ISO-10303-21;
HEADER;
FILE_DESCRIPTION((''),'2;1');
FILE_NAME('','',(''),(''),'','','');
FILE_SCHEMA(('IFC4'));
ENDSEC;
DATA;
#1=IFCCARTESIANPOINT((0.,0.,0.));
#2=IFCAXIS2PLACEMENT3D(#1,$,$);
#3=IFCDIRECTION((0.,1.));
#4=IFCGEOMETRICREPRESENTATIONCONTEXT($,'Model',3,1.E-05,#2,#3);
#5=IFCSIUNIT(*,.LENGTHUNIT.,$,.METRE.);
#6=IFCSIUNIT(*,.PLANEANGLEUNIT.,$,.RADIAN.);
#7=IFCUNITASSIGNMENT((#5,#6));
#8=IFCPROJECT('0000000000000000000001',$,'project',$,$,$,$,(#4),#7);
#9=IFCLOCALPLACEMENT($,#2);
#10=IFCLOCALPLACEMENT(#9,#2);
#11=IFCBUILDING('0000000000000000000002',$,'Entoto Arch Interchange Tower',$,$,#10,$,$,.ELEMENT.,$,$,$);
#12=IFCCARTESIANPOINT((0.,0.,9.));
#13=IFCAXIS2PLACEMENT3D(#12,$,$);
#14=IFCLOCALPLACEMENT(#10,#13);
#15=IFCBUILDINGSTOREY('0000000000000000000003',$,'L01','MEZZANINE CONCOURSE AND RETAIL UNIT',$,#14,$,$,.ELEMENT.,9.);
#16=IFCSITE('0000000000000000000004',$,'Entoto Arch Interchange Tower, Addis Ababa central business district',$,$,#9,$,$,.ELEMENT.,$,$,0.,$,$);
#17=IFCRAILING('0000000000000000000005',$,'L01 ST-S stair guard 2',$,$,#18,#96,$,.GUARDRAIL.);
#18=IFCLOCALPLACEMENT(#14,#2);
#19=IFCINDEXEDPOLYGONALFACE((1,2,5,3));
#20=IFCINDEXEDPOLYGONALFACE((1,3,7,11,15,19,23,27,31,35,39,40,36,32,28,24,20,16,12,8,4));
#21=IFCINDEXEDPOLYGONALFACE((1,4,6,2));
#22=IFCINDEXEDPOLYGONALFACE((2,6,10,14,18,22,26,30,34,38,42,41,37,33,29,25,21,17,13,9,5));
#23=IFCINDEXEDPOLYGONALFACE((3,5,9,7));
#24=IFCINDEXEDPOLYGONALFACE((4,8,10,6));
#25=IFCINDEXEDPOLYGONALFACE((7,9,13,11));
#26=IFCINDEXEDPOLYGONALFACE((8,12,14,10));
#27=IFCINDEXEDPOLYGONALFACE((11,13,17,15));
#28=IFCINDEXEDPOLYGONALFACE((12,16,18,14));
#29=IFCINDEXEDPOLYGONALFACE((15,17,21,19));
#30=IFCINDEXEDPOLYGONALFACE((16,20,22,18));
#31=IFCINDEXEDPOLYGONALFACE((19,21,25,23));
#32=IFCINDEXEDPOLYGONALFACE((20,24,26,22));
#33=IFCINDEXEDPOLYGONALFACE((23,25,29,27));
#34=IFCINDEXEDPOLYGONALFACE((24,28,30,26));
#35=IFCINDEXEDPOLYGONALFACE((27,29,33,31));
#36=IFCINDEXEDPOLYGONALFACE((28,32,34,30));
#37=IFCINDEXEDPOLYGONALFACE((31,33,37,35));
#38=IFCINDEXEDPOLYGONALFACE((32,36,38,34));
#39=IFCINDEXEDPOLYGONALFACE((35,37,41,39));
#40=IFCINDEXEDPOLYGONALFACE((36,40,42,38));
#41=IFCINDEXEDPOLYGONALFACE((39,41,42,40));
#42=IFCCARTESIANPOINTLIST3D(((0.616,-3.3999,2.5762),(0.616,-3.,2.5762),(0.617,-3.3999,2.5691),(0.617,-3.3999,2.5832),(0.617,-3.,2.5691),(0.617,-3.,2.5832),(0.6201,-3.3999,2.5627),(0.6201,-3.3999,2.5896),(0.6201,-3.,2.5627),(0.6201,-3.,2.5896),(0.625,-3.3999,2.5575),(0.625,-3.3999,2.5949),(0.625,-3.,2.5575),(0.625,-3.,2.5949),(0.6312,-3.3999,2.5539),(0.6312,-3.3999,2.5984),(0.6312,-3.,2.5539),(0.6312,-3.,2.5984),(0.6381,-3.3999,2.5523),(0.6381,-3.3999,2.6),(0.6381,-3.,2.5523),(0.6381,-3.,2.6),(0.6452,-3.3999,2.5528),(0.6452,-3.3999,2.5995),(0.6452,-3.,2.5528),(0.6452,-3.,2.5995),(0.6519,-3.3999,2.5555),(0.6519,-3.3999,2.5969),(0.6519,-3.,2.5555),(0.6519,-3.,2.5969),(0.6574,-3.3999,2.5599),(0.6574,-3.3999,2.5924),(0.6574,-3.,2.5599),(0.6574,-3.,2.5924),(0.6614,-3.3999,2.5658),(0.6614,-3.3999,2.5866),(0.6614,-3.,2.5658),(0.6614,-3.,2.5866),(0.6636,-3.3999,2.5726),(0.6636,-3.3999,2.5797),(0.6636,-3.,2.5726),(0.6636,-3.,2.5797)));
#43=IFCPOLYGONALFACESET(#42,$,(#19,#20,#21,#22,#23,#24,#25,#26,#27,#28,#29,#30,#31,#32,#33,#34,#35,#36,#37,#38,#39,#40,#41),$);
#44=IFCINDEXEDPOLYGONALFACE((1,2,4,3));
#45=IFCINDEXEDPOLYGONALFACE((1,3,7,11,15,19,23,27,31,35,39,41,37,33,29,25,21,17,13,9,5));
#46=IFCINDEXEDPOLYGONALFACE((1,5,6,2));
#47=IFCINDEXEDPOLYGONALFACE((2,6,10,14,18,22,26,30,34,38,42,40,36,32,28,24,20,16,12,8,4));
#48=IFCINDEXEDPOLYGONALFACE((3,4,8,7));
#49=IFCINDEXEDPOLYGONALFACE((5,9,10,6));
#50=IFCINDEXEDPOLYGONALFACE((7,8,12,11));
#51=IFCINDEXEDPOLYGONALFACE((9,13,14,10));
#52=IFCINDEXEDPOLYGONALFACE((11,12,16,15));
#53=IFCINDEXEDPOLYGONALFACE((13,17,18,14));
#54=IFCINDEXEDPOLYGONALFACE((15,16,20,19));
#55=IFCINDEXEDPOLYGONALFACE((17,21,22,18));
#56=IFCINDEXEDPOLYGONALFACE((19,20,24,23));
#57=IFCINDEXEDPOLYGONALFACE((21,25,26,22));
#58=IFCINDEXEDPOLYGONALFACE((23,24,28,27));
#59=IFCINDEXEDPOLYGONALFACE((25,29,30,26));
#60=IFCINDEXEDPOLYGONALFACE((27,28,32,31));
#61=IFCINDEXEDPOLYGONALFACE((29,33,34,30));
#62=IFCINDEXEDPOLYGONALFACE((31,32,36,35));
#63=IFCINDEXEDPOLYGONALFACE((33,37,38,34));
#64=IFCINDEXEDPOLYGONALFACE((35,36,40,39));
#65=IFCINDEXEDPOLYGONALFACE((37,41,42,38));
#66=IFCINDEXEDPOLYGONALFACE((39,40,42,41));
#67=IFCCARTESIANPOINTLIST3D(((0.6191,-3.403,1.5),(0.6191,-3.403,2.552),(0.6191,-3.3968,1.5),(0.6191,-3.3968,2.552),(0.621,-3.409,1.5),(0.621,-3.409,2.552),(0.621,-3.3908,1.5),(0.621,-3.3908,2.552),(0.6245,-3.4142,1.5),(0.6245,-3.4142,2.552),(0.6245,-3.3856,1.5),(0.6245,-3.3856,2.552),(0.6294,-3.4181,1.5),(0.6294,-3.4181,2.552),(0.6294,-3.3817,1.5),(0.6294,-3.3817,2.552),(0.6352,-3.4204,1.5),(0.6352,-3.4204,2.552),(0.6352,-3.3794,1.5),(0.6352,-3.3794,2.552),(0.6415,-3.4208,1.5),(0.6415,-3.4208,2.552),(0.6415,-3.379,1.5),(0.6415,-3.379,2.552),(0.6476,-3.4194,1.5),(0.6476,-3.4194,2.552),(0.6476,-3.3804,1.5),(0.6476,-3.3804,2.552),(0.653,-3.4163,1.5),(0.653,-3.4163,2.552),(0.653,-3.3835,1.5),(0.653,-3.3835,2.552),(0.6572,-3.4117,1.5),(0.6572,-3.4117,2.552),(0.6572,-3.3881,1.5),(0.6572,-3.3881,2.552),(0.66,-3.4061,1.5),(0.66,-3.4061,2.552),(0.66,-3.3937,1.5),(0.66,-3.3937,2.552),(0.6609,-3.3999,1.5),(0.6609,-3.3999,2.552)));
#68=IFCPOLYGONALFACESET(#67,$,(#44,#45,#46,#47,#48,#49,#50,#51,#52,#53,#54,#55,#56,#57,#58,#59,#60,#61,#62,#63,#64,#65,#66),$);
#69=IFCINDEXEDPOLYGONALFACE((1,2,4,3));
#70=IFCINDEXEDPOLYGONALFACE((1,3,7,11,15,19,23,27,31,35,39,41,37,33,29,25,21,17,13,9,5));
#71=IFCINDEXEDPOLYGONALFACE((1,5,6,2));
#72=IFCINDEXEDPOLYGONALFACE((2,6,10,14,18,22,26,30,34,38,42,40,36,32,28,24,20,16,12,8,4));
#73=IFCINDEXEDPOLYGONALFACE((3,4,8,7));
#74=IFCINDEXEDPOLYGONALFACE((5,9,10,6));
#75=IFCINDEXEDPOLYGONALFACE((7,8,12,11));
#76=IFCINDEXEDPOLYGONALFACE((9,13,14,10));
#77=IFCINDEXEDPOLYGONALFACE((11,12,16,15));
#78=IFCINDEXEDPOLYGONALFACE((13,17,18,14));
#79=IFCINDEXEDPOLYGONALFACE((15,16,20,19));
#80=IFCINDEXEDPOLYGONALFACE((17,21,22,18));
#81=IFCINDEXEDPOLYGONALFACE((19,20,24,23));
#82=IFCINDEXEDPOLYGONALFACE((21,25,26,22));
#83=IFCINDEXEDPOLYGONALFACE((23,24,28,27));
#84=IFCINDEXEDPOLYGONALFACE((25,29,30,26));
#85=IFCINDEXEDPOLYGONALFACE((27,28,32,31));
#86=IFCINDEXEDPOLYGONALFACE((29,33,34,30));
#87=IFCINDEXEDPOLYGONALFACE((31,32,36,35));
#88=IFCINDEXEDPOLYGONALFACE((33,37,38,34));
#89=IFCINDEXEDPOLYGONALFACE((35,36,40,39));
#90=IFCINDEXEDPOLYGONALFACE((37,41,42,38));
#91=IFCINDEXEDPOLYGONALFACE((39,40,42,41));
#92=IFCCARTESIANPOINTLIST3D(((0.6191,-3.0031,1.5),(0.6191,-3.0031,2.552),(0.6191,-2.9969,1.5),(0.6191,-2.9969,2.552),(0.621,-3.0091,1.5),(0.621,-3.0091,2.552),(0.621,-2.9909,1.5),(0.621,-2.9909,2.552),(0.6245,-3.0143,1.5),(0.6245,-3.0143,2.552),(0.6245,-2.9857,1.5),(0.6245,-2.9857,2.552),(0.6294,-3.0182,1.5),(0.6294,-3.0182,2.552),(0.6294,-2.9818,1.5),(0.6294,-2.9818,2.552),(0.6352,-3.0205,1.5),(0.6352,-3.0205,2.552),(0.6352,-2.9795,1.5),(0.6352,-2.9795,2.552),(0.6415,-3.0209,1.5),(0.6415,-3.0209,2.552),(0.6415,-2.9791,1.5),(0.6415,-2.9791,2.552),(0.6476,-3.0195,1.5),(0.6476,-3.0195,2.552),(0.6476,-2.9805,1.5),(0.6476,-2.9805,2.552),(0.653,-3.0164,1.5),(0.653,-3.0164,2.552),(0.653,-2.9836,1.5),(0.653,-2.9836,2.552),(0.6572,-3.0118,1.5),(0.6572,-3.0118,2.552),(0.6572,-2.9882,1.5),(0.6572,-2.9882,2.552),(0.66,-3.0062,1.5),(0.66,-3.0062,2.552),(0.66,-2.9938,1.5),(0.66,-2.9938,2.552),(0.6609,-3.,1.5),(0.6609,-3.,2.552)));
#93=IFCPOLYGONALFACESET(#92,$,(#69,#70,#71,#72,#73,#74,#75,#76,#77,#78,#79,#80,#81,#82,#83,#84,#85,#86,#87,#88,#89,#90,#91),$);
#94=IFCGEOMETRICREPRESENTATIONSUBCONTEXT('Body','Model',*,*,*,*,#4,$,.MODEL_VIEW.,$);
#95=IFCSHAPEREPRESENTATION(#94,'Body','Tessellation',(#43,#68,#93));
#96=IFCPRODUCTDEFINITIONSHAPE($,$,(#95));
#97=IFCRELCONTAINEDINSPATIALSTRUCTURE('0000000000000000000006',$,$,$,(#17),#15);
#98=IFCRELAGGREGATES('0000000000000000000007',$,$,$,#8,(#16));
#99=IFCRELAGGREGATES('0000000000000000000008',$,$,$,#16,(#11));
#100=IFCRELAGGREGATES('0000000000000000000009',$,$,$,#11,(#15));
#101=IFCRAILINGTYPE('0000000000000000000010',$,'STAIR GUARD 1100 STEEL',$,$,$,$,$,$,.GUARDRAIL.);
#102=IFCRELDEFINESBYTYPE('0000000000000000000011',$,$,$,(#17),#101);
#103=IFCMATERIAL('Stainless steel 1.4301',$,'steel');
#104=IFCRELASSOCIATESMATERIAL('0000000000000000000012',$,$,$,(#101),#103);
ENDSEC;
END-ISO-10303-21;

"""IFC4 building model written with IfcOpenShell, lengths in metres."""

from ifc_helpers import new_model, si_unit, direction, frame, origin, origin_2d, place, context, subcontext, project, spatial, circle, extrude, material, type_object, element, save


model = new_model("IFC4")

# Units and contexts
model_context = context("Model", 3, precision=1e-05, world=origin(), true_north=direction((0.0, 1.0)))
body_context = subcontext(model_context, "Body", "Model", "MODEL_VIEW")
ifc_project = project(units=[si_unit("LENGTHUNIT", "METRE"), si_unit("PLANEANGLEUNIT", "RADIAN")], contexts=[model_context])

# Site, building, storey
site_placement = place(None, origin())
site = spatial("IfcSite", under=ifc_project, at=site_placement, Name="Entoto Arch Interchange Tower, Addis Ababa central business district", CompositionType="ELEMENT", RefElevation=0.0)
building_placement = place(site_placement, origin())
building = spatial("IfcBuilding", under=site, at=building_placement, Name="Entoto Arch Interchange Tower", CompositionType="ELEMENT")
storey_placement = place(building_placement, frame((0.0, 0.0, 9.0)))
storey = spatial("IfcBuildingStorey", under=building, at=storey_placement, Name="L01", Description="MEZZANINE CONCOURSE AND RETAIL UNIT", CompositionType="ELEMENT", Elevation=9.0)

# Railing
ifc_material_1 = material(Name="Stainless steel 1.4301", Category="steel")
railing_type = type_object("IfcRailingType", Name="STAIR GUARD 1100 STEEL", PredefinedType="GUARDRAIL", material=ifc_material_1)
railing_1_placement = place(storey_placement, frame((0.6399, -3.3999, 1.5)))
element("IfcRailing", 1, at=railing_1_placement, inside=storey, type_object=railing_type, Name="L01 ST-S stair guard 2", PredefinedType="GUARDRAIL", context=body_context, shape_type="SweptSolid", body=[
    extrude(circle(Radius=0.0239, at=origin_2d()), frame((0.0, 0.0, 1.0762), z_axis=(0.0, 1.0, 0.0), x_axis=(-1.0, 0.0, 0.0)), (0.0, 0.0, 1.0), 0.3999),
    extrude(circle(Radius=0.021, at=origin_2d()), origin(), (0.0, 0.0, 1.0), 1.052),
    extrude(circle(Radius=0.021, at=origin_2d()), frame((0.0, 0.3999, 0.0)), (0.0, 0.0, 1.0), 1.052),
])

save(model, "model.ifc")
